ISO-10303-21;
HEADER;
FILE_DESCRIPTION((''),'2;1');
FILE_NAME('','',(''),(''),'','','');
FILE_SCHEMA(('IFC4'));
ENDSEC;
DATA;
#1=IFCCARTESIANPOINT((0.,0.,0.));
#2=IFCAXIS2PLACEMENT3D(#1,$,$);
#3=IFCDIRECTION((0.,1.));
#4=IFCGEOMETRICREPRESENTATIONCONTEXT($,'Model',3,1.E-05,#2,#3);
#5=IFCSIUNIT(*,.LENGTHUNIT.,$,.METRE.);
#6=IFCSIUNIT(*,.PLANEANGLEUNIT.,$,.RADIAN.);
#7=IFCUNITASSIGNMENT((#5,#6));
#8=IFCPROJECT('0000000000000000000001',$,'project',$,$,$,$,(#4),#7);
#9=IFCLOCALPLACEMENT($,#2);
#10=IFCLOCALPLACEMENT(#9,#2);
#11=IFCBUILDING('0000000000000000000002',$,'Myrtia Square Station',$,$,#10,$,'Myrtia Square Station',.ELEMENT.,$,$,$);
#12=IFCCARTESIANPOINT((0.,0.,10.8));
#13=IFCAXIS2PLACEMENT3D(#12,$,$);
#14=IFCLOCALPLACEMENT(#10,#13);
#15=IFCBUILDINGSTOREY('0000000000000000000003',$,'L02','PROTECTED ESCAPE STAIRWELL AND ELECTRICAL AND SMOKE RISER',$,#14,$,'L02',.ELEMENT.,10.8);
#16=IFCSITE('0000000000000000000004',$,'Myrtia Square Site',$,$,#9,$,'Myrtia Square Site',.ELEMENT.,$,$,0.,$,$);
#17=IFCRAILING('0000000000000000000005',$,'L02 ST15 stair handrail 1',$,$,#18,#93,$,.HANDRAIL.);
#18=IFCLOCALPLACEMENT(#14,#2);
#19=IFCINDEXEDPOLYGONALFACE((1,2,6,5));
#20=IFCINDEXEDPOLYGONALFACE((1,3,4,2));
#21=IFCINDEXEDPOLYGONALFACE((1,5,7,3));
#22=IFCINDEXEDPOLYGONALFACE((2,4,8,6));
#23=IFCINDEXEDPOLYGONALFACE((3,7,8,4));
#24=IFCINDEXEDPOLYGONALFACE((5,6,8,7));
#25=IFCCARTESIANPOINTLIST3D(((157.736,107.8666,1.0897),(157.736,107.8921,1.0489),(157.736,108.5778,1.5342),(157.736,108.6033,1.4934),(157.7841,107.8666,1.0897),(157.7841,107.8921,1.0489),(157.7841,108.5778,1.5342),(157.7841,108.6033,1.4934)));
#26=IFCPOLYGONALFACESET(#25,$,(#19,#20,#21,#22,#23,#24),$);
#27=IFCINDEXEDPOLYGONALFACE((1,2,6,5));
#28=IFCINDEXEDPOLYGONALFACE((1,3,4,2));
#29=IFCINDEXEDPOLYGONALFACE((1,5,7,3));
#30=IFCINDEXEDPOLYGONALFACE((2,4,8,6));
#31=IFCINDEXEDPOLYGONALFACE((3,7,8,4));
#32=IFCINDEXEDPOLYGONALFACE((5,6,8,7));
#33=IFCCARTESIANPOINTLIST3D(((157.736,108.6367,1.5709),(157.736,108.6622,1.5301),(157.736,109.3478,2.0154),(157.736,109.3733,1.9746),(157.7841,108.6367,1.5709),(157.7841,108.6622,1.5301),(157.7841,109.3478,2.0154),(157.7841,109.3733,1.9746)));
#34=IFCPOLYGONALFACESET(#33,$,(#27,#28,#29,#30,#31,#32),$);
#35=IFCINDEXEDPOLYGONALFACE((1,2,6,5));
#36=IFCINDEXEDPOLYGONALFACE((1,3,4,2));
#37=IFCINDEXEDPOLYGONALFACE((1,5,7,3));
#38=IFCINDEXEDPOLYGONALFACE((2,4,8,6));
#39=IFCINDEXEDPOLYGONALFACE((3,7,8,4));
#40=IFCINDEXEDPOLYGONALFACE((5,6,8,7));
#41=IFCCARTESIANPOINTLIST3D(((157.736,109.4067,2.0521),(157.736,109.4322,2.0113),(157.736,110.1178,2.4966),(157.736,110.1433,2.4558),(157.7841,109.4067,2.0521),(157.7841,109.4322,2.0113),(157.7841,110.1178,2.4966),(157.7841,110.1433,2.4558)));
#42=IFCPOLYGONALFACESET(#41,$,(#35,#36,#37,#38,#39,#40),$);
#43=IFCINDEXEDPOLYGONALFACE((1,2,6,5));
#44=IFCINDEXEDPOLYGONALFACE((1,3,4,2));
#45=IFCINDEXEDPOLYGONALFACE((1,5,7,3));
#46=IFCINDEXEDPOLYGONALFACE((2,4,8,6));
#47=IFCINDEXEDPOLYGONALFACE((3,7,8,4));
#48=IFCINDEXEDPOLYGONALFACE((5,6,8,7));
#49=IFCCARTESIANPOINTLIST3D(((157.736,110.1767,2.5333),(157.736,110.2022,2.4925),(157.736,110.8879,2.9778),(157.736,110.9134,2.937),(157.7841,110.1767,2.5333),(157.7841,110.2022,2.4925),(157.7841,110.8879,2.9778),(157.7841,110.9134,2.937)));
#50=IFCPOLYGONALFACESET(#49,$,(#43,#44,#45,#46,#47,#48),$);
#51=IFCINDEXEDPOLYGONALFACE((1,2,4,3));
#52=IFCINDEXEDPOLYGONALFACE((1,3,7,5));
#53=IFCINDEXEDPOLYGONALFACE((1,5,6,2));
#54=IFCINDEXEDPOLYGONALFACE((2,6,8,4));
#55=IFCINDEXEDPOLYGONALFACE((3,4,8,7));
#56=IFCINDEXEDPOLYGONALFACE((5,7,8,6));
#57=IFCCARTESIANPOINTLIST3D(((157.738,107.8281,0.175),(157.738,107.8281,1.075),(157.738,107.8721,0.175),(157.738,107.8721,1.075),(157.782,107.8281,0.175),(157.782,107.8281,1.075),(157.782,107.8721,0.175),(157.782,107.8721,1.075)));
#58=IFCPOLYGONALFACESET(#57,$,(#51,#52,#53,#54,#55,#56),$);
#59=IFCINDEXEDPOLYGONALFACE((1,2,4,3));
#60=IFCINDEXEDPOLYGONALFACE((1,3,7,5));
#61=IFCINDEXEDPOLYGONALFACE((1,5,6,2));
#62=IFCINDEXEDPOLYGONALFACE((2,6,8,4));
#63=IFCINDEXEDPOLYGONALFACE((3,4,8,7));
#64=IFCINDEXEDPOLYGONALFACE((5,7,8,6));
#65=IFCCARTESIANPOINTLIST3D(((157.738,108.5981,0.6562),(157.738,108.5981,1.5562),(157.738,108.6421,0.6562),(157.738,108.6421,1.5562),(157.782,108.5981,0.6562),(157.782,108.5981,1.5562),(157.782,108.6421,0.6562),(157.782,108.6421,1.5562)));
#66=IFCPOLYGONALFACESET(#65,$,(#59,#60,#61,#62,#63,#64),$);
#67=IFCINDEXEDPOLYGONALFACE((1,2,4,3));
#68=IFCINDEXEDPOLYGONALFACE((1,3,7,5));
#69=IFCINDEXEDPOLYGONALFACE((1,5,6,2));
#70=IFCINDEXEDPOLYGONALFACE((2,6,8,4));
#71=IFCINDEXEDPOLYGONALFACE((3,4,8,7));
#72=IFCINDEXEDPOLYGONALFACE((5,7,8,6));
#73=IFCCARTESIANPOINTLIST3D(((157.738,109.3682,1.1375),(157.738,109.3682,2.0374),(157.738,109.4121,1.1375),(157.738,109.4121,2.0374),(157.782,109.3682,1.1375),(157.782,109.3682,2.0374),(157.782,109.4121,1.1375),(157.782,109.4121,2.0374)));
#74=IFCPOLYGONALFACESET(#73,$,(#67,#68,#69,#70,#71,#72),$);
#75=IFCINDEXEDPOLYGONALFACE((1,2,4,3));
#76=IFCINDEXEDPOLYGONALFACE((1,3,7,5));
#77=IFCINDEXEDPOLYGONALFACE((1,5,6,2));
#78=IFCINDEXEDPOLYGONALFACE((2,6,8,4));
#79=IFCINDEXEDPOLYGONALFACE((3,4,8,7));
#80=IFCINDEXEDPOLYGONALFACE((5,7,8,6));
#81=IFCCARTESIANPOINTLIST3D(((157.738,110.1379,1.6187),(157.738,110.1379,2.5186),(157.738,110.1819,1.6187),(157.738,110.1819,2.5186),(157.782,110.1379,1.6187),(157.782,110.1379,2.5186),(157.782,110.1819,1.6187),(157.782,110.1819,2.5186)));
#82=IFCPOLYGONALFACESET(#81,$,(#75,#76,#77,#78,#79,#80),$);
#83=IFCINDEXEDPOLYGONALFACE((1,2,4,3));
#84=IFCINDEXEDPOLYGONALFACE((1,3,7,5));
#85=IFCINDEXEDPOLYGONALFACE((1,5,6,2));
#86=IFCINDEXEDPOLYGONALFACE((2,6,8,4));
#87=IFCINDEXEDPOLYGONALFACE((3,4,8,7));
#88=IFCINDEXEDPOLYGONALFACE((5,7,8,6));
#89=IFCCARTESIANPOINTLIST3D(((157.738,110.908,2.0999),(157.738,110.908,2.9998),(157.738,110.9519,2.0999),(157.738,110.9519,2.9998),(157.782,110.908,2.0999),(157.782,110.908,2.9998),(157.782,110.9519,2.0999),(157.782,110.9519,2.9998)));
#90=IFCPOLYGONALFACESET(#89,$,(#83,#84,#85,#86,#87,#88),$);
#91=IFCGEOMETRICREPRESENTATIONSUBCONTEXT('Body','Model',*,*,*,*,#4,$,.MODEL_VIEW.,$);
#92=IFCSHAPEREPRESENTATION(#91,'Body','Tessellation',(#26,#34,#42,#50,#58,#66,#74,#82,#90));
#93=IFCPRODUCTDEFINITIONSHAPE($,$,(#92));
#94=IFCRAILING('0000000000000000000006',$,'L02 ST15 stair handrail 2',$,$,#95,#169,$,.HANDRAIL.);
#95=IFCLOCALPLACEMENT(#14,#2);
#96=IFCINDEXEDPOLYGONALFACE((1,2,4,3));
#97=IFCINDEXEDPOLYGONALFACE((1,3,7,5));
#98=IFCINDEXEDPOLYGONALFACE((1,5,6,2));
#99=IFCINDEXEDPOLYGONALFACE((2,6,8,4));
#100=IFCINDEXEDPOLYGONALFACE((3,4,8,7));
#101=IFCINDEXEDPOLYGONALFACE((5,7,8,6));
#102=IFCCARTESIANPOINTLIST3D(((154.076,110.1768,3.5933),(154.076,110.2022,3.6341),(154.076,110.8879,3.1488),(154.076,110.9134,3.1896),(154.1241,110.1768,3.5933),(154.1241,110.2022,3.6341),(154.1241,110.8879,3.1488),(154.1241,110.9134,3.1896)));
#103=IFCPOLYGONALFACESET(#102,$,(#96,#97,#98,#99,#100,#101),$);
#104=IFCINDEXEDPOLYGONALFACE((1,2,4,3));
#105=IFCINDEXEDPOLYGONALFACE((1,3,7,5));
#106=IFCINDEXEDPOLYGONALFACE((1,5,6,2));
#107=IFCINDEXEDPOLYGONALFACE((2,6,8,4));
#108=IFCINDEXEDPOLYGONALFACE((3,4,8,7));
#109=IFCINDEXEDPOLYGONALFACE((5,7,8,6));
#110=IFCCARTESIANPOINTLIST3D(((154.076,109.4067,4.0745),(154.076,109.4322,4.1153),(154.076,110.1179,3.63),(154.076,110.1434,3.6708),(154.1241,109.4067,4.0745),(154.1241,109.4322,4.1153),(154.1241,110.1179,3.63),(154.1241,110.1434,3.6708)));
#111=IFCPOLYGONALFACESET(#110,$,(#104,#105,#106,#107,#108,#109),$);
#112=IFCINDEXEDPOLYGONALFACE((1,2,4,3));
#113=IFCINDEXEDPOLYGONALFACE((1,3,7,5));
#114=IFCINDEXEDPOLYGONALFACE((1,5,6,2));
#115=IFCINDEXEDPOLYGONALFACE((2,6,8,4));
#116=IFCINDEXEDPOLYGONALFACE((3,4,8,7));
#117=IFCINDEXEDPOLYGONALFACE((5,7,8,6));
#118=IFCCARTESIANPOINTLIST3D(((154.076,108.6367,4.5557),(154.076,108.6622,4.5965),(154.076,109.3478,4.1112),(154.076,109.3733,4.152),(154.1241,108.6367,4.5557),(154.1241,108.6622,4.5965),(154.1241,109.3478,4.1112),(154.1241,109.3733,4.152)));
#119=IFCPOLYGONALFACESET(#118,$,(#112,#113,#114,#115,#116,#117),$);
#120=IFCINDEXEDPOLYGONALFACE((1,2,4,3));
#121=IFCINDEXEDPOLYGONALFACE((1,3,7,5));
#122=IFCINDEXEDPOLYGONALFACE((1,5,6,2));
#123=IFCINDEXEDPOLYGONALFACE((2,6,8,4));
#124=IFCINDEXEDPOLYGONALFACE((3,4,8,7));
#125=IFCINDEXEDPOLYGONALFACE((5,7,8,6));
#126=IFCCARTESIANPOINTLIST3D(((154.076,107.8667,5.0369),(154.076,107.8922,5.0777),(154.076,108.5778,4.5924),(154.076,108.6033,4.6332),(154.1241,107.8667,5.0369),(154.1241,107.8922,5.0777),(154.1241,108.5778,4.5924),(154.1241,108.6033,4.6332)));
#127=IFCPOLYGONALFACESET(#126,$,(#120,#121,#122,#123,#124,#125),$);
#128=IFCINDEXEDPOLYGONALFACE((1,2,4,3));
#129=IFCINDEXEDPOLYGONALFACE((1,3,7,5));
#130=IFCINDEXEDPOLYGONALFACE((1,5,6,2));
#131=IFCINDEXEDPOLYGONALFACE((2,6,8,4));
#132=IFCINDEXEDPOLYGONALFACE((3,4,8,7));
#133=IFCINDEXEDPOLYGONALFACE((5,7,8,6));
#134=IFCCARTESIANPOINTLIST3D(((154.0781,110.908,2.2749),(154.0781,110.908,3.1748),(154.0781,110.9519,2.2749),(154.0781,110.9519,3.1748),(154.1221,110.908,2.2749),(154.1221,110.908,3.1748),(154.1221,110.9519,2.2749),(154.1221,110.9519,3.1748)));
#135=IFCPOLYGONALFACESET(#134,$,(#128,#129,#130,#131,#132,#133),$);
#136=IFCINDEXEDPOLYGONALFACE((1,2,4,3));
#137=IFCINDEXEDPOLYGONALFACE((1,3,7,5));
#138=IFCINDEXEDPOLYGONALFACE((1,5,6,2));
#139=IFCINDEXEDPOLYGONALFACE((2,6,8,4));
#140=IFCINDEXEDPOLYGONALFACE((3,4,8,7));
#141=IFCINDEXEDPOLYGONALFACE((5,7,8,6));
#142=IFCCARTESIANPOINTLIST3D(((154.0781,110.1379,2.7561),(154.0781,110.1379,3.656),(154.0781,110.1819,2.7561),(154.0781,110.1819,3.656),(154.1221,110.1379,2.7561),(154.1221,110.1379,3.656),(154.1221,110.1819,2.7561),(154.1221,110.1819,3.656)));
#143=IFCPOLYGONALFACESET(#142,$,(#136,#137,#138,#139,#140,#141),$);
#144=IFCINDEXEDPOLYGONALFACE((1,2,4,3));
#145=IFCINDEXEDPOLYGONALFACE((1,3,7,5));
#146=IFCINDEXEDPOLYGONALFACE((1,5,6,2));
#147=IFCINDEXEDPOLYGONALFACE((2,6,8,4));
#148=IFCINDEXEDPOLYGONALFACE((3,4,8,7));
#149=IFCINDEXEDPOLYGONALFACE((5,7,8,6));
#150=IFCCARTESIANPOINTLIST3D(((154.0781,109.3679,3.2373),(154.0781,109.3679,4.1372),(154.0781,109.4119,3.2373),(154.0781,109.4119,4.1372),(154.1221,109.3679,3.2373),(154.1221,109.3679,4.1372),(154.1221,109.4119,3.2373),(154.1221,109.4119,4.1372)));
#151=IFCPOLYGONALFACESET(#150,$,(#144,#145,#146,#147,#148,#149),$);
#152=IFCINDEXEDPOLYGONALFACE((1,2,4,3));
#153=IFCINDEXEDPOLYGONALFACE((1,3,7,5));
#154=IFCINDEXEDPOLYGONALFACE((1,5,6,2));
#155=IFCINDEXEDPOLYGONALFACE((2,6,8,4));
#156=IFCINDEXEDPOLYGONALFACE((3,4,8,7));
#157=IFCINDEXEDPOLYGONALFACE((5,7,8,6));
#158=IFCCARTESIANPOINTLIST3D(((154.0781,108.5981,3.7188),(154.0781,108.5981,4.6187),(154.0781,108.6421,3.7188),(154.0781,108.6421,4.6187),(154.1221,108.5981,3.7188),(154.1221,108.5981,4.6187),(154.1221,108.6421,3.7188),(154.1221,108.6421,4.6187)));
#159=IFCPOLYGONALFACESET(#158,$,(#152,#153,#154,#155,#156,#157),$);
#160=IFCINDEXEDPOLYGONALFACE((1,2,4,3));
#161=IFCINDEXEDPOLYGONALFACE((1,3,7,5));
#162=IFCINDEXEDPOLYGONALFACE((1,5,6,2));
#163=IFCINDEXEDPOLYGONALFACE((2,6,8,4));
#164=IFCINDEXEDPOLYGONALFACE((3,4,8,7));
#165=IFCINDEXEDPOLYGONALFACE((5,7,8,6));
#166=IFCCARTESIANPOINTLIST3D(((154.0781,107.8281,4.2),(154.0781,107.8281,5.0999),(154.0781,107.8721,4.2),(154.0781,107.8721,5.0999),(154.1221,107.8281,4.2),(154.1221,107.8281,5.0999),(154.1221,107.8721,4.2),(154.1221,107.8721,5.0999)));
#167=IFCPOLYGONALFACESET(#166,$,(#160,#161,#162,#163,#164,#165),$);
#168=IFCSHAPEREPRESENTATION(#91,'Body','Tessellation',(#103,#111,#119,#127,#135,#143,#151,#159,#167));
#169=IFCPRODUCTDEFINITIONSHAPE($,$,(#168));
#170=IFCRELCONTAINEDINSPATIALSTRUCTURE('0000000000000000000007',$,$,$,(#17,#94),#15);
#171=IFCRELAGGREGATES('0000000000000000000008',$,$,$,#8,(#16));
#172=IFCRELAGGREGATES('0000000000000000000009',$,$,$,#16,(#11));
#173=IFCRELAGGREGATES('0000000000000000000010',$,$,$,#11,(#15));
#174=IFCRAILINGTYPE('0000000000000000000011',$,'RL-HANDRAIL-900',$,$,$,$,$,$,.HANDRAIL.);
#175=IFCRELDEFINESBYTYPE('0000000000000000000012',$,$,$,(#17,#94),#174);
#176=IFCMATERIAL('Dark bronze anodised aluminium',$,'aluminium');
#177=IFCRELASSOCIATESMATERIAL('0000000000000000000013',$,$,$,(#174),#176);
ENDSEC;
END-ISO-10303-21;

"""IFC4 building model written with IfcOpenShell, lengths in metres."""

from ifc_helpers import new_model, si_unit, direction, frame, origin, origin_2d, place, context, subcontext, project, spatial, rectangle, extrude, material, type_object, element, save


model = new_model("IFC4")

# Units and contexts
model_context = context("Model", 3, precision=1e-05, world=origin(), true_north=direction((0.0, 1.0)))
body_context = subcontext(model_context, "Body", "Model", "MODEL_VIEW")
ifc_project = project(units=[si_unit("LENGTHUNIT", "METRE"), si_unit("PLANEANGLEUNIT", "RADIAN")], contexts=[model_context])

# Site, building, storey
site_placement = place(None, origin())
site = spatial("IfcSite", under=ifc_project, at=site_placement, Name="Myrtia Square Site", LongName="Myrtia Square Site", CompositionType="ELEMENT", RefElevation=0.0)
building_placement = place(site_placement, origin())
building = spatial("IfcBuilding", under=site, at=building_placement, Name="Myrtia Square Station", LongName="Myrtia Square Station", CompositionType="ELEMENT")
storey_placement = place(building_placement, frame((0.0, 0.0, 10.8)))
storey = spatial("IfcBuildingStorey", under=building, at=storey_placement, Name="L02", Description="PROTECTED ESCAPE STAIRWELL AND ELECTRICAL AND SMOKE RISER", LongName="L02", CompositionType="ELEMENT", Elevation=10.8)

# Shared definitions
ifc_material_1 = material(Name="Dark bronze anodised aluminium", Category="aluminium")

# Railings
railing_type_1 = type_object("IfcRailingType", Name="RL-HANDRAIL-900", PredefinedType="HANDRAIL", material=ifc_material_1)
railing_1_placement = place(storey_placement, frame((157.76, 107.8501, 0.175)))
element("IfcRailing", 1, at=railing_1_placement, inside=storey, type_object=railing_type_1, Name="L02 ST15 stair handrail 1", PredefinedType="HANDRAIL", context=body_context, shape_type="SweptSolid", body=[
    extrude(rectangle(XDim=0.0481, YDim=0.0481, at=origin_2d()), frame((0.0, 0.0293, 0.8943), z_axis=(0.0, 0.84801, 0.529981), x_axis=(-1.0, 0.0, 0.0)), (0.0, 0.0, 1.0), 0.8386),
    extrude(rectangle(XDim=0.0481, YDim=0.0481, at=origin_2d()), frame((0.0, 0.7993, 1.3755), z_axis=(0.0, 0.84801, 0.529981), x_axis=(-1.0, 0.0, 0.0)), (0.0, 0.0, 1.0), 0.8386),
    extrude(rectangle(XDim=0.0481, YDim=0.0481, at=origin_2d()), frame((0.0, 1.5693, 1.8567), z_axis=(0.0, 0.84801, 0.529981), x_axis=(-1.0, 0.0, 0.0)), (0.0, 0.0, 1.0), 0.8386),
    extrude(rectangle(XDim=0.0481, YDim=0.0481, at=origin_2d()), frame((0.0, 2.3394, 2.3379), z_axis=(0.0, 0.84801, 0.529981), x_axis=(-1.0, 0.0, 0.0)), (0.0, 0.0, 1.0), 0.8386),
    extrude(rectangle(XDim=0.0439, YDim=0.0439, at=origin_2d()), origin(), (0.0, 0.0, 1.0), 0.8999),
    extrude(rectangle(XDim=0.0439, YDim=0.0439, at=origin_2d()), frame((0.0, 0.77, 0.4812)), (0.0, 0.0, 1.0), 0.8999),
    extrude(rectangle(XDim=0.0439, YDim=0.0439, at=origin_2d()), frame((0.0, 1.54, 0.9624)), (0.0, 0.0, 1.0), 0.8999),
    extrude(rectangle(XDim=0.0439, YDim=0.0439, at=origin_2d()), frame((0.0, 2.3098, 1.4436)), (0.0, 0.0, 1.0), 0.8999),
    extrude(rectangle(XDim=0.0439, YDim=0.0439, at=origin_2d()), frame((0.0, 3.0798, 1.9248)), (0.0, 0.0, 1.0), 0.8999),
])
railing_2_placement = place(storey_placement, frame((154.1001, 110.9299, 2.2749)))
element("IfcRailing", 2, at=railing_2_placement, inside=storey, type_object=railing_type_1, Name="L02 ST15 stair handrail 2", PredefinedType="HANDRAIL", context=body_context, shape_type="SweptSolid", body=[
    extrude(rectangle(XDim=0.0481, YDim=0.0481, at=origin_2d()), frame((0.0, -0.0293, 0.8943), z_axis=(0.0, -0.847979, 0.530029), x_axis=(1.0, 0.0, 0.0)), (0.0, 0.0, 1.0), 0.8386),
    extrude(rectangle(XDim=0.0481, YDim=0.0481, at=origin_2d()), frame((0.0, -0.7993, 1.3755), z_axis=(0.0, -0.847979, 0.530029), x_axis=(1.0, 0.0, 0.0)), (0.0, 0.0, 1.0), 0.8386),
    extrude(rectangle(XDim=0.0481, YDim=0.0481, at=origin_2d()), frame((0.0, -1.5693, 1.8567), z_axis=(0.0, -0.847979, 0.530029), x_axis=(1.0, 0.0, 0.0)), (0.0, 0.0, 1.0), 0.8386),
    extrude(rectangle(XDim=0.0481, YDim=0.0481, at=origin_2d()), frame((0.0, -2.3394, 2.3379), z_axis=(0.0, -0.847979, 0.530029), x_axis=(1.0, 0.0, 0.0)), (0.0, 0.0, 1.0), 0.8386),
    extrude(rectangle(XDim=0.0439, YDim=0.0439, at=origin_2d()), origin(), (0.0, 0.0, 1.0), 0.8999),
    extrude(rectangle(XDim=0.0439, YDim=0.0439, at=origin_2d()), frame((0.0, -0.77, 0.4812)), (0.0, 0.0, 1.0), 0.8999),
    extrude(rectangle(XDim=0.0439, YDim=0.0439, at=origin_2d()), frame((0.0, -1.54, 0.9624)), (0.0, 0.0, 1.0), 0.8999),
    extrude(rectangle(XDim=0.0439, YDim=0.0439, at=origin_2d()), frame((0.0, -2.3098, 1.4438)), (0.0, 0.0, 1.0), 0.8999),
    extrude(rectangle(XDim=0.0439, YDim=0.0439, at=origin_2d()), frame((0.0, -3.0798, 1.925)), (0.0, 0.0, 1.0), 0.8999),
])

save(model, "model.ifc")
